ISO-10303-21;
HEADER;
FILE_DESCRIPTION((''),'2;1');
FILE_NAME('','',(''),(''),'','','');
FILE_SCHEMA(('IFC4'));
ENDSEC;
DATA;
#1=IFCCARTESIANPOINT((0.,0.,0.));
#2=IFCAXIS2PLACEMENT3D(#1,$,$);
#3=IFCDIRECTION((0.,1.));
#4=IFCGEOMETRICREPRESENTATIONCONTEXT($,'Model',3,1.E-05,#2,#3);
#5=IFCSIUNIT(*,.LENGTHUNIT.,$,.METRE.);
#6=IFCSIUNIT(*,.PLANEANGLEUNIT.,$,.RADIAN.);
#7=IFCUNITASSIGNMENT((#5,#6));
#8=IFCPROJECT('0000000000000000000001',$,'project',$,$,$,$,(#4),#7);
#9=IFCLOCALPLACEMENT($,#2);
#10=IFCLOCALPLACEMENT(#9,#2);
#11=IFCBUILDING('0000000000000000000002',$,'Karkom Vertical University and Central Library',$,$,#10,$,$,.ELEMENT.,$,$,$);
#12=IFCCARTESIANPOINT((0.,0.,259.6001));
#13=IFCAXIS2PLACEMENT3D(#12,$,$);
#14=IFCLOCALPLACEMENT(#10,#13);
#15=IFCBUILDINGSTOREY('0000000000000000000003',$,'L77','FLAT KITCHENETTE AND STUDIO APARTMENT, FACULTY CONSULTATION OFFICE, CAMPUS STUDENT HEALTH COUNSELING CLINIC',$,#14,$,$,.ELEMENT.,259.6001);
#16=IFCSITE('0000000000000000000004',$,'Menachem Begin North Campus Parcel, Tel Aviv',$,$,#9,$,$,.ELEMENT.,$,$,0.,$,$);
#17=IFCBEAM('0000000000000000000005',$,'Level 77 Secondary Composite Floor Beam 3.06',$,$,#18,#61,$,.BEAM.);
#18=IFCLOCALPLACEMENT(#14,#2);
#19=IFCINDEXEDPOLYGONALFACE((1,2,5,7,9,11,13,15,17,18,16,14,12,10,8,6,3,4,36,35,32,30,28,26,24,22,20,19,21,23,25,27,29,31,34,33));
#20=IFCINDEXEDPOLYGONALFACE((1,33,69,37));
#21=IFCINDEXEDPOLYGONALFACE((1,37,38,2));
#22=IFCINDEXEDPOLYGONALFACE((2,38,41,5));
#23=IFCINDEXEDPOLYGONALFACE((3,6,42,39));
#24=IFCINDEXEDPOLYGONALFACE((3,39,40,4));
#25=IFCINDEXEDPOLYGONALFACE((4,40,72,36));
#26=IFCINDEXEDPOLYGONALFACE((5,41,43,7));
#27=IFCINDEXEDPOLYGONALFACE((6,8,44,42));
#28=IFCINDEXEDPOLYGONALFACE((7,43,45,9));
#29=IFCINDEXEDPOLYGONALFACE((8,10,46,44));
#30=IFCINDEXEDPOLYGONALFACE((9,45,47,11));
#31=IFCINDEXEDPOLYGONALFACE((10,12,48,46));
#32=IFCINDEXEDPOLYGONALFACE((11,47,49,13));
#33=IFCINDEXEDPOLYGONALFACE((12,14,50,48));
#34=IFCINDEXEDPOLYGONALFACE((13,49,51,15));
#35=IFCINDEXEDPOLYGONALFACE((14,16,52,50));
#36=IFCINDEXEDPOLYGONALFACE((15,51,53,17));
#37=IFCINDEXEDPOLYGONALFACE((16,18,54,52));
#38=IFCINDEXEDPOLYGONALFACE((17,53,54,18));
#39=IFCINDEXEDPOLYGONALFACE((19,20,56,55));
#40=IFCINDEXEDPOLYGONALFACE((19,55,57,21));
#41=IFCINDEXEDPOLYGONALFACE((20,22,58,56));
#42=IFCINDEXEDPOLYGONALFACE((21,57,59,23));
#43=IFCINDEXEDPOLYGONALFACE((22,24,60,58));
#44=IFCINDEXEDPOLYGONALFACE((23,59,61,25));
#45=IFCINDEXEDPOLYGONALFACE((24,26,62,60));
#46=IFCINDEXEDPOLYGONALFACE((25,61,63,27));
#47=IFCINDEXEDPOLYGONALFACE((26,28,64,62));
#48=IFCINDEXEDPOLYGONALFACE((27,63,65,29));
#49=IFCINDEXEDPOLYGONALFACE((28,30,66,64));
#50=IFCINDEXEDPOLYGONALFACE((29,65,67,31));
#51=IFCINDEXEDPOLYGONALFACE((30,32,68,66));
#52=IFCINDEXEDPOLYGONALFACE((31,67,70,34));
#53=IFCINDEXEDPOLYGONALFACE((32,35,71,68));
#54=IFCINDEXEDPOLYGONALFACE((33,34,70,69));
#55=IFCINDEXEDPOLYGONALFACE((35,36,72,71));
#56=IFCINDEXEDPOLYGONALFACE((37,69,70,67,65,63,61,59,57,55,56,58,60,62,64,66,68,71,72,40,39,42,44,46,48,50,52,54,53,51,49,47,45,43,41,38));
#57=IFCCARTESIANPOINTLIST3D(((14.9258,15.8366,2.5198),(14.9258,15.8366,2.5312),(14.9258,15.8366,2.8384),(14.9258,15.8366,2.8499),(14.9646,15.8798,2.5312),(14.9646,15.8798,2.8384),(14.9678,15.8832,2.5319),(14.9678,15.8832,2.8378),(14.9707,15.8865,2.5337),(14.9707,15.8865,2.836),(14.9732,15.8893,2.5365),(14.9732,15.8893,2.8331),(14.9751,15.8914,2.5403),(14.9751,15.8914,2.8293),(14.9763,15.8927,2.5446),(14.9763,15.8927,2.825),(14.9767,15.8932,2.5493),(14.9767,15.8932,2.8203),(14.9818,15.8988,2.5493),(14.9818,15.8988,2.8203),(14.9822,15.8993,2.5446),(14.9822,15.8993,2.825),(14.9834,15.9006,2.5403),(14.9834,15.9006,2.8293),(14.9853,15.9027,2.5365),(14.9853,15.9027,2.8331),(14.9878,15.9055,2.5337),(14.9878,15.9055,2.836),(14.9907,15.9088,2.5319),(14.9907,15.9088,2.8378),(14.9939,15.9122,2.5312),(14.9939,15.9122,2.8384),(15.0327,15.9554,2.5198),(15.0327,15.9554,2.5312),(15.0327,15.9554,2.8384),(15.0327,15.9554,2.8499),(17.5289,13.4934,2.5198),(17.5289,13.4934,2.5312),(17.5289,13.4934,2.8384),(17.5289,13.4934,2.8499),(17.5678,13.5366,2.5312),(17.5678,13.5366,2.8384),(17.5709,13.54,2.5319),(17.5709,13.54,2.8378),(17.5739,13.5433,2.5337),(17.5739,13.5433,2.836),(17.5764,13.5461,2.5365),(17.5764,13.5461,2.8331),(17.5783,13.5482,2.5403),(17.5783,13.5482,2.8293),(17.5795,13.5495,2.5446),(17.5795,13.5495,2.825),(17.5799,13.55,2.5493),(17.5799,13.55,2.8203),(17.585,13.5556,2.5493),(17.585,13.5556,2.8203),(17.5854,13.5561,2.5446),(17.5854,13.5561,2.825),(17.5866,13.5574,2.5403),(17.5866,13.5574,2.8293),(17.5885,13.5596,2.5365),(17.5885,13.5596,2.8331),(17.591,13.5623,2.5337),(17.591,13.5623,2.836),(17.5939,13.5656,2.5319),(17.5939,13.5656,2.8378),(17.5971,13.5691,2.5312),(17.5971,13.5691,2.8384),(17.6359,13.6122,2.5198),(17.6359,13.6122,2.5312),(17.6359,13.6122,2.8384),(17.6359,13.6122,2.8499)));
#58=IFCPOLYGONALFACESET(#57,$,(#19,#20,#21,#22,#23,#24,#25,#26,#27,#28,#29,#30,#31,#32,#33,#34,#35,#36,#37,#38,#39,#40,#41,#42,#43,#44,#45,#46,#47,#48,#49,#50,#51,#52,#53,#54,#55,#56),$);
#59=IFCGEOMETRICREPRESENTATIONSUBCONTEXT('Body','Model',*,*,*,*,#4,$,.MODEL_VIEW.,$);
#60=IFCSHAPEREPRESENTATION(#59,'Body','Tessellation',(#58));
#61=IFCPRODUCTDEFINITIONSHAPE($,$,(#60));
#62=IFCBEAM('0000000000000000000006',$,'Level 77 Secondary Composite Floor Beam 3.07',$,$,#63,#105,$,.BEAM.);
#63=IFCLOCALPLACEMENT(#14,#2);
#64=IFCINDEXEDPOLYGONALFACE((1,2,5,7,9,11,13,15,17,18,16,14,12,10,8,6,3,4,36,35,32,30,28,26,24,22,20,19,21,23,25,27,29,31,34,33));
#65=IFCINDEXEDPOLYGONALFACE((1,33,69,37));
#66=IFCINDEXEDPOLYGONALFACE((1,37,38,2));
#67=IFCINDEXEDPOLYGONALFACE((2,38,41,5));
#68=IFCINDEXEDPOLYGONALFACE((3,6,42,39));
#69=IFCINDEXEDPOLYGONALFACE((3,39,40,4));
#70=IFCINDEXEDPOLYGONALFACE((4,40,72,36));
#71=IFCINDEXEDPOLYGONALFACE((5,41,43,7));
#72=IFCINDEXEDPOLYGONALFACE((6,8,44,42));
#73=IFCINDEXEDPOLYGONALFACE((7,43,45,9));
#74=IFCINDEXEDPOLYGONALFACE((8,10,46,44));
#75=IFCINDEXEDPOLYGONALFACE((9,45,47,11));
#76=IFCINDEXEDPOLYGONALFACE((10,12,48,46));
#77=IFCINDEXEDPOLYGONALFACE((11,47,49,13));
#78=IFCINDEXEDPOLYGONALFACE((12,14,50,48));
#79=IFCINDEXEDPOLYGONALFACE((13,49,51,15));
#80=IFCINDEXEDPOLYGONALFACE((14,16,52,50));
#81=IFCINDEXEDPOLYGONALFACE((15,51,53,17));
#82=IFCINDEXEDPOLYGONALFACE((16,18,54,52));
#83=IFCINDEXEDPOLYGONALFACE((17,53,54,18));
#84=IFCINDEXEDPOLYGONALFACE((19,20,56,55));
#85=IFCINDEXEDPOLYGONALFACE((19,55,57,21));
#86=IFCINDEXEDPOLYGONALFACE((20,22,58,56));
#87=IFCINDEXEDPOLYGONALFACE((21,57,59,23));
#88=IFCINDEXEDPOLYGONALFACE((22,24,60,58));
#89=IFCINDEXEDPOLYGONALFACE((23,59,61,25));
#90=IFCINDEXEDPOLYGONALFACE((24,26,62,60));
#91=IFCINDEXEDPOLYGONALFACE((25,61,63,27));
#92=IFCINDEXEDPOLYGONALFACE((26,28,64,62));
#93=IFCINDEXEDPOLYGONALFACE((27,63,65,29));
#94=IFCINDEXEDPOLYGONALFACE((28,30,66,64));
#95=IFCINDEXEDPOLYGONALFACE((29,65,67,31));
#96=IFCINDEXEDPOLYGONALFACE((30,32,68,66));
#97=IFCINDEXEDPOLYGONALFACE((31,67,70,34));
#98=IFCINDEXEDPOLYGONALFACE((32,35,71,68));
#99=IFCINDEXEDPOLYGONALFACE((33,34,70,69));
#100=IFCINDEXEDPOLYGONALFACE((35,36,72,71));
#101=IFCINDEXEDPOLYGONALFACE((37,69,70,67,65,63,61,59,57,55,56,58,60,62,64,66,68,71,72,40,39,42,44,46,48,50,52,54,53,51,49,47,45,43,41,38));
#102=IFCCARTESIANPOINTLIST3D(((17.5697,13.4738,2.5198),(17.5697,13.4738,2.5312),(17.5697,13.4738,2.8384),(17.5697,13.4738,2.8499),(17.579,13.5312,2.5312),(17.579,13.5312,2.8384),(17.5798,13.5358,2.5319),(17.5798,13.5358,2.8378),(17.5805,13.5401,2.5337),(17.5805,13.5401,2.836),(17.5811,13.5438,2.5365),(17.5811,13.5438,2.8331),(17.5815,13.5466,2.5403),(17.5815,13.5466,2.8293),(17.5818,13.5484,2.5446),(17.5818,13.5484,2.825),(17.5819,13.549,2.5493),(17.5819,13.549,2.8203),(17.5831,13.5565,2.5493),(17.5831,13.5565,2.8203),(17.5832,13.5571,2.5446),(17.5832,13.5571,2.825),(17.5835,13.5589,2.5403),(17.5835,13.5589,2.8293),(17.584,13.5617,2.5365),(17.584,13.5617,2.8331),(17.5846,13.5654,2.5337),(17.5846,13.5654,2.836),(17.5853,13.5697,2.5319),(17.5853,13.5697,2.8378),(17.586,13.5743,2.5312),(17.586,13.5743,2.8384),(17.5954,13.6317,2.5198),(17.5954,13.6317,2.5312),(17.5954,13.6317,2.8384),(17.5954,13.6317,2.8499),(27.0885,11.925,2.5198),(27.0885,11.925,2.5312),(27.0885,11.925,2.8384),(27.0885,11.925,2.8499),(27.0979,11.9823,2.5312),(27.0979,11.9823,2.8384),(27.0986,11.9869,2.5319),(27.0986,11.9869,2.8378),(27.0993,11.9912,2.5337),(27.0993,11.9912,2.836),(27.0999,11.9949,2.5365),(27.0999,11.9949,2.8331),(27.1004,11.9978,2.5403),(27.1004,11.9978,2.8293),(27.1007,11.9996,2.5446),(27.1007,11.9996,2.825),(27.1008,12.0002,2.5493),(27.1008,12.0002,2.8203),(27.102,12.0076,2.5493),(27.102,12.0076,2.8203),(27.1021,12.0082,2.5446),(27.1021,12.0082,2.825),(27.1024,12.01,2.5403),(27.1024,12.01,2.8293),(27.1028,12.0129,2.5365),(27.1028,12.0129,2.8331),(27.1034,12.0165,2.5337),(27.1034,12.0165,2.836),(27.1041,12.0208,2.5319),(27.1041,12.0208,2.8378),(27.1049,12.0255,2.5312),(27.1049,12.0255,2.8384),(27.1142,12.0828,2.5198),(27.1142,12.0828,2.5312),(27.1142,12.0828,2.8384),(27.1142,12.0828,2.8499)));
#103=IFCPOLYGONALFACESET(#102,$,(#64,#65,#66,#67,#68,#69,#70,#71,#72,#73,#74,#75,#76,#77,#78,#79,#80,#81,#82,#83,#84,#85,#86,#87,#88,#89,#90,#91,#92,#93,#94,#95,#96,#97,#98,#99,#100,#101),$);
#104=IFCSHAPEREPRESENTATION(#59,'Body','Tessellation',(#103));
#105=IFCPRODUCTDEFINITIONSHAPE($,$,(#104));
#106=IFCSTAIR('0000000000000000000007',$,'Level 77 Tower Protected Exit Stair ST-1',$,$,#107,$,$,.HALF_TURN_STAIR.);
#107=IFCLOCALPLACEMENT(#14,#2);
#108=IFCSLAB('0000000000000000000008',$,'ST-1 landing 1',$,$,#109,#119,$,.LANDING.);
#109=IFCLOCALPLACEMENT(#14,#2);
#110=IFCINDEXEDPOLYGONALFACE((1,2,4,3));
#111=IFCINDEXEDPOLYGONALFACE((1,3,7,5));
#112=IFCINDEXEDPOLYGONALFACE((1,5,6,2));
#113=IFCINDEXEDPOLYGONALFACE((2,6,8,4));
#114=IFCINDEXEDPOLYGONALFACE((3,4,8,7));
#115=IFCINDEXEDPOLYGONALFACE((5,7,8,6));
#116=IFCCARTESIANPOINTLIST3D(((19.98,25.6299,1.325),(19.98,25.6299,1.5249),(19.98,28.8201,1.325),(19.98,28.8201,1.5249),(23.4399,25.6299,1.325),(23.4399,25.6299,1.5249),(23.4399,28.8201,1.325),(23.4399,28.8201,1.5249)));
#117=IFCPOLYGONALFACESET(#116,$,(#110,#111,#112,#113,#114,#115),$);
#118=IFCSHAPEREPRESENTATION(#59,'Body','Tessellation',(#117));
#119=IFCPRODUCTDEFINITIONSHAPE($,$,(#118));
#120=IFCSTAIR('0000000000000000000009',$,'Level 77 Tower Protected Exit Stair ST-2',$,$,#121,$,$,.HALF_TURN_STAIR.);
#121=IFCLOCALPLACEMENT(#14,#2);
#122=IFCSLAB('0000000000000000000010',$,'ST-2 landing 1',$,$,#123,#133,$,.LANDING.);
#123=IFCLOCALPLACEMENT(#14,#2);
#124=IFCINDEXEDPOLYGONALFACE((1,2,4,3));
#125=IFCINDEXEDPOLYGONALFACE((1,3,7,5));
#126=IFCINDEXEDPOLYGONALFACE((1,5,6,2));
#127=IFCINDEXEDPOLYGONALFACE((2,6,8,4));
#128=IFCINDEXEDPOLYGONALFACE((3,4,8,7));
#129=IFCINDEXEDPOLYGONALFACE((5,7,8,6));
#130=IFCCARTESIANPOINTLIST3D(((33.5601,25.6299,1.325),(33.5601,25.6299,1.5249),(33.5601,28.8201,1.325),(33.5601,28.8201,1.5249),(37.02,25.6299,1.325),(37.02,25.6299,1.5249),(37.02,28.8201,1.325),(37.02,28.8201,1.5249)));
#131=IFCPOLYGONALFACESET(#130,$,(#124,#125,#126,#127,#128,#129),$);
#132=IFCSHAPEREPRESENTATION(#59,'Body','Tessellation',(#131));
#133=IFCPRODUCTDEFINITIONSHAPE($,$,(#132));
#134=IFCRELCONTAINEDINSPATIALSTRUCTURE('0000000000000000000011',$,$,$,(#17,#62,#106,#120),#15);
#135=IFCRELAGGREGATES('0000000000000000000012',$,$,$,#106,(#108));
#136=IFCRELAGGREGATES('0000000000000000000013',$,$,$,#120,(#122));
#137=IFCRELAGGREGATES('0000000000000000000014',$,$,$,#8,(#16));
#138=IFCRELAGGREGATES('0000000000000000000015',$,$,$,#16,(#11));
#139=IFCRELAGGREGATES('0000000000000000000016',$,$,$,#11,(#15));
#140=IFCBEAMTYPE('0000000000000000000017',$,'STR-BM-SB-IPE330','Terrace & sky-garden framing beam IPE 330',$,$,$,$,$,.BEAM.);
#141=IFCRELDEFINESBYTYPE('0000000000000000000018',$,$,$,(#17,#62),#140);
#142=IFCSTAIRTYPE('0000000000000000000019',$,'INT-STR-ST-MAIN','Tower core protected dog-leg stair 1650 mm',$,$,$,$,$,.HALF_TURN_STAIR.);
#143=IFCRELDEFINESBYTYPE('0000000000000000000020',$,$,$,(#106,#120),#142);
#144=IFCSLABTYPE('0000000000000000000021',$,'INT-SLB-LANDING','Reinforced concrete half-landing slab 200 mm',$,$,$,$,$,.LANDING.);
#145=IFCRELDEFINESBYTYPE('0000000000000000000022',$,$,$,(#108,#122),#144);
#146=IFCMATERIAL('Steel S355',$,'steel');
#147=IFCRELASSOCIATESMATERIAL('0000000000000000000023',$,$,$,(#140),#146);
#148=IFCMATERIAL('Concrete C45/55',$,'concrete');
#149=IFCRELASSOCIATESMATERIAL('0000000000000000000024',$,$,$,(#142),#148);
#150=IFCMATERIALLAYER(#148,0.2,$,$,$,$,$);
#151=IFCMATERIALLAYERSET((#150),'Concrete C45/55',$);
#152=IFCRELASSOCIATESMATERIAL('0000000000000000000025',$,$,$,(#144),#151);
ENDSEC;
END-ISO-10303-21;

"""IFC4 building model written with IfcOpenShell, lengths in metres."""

from ifc_helpers import new_model, si_unit, direction, frame, origin, origin_with_axes, origin_2d, place, context, subcontext, project, spatial, polyline, i_section, outline, extrude, source, transform, mapped, material, layer, layer_set, material_profile, profile_set, type_object, element, aggregate, save


model = new_model("IFC4")

# Units and contexts
model_context = context("Model", 3, precision=1e-05, world=origin(), true_north=direction((0.0, 1.0)))
body_context = subcontext(model_context, "Body", "Model", "MODEL_VIEW")
ifc_project = project(units=[si_unit("LENGTHUNIT", "METRE"), si_unit("PLANEANGLEUNIT", "RADIAN")], contexts=[model_context])

# Site, building, storey
site_placement = place(None, origin())
site = spatial("IfcSite", under=ifc_project, at=site_placement, Name="Menachem Begin North Campus Parcel, Tel Aviv", CompositionType="ELEMENT", RefElevation=0.0)
building_placement = place(site_placement, origin())
building = spatial("IfcBuilding", under=site, at=building_placement, Name="Karkom Vertical University and Central Library", CompositionType="ELEMENT")
storey_placement = place(building_placement, frame((0.0, 0.0, 259.6001)))
storey = spatial("IfcBuildingStorey", under=building, at=storey_placement, Name="L77", Description="FLAT KITCHENETTE AND STUDIO APARTMENT, FACULTY CONSULTATION OFFICE, CAMPUS STUDENT HEALTH COUNSELING CLINIC", CompositionType="ELEMENT", Elevation=259.6001)

# Shared definitions
ifc_material_1 = material(Name="Concrete C45/55", Category="concrete")

# Beams
ifc_material_2 = material(Name="Steel S355", Category="steel")
ifc_material_profile_1 = material_profile(ifc_material_2, i_section(OverallWidth=0.1599, OverallDepth=0.3301, WebThickness=0.0076, FlangeThickness=0.0115, FilletRadius=0.0181, at=origin_2d()), Name="IPE 330")
ifc_profile_set_1 = profile_set([ifc_material_profile_1], Name="Steel S355")
beam_type_1 = type_object("IfcBeamType", Name="STR-BM-SB-IPE330", Description="Terrace & sky-garden framing beam IPE 330", PredefinedType="BEAM", material=ifc_profile_set_1)
shared_shape_1 = source(origin_with_axes(), body_context, "Body", "SweptSolid", [
    extrude(i_section(OverallWidth=0.1599, OverallDepth=0.3301, WebThickness=0.0076, FlangeThickness=0.0115, FilletRadius=0.0181, at=origin_2d()), origin(), (0.0, 0.0, 1.0), 3.5024),
])
beam_1_placement = place(storey_placement, frame((14.9792, 15.896, 2.6848), z_axis=(0.743249, -0.669015, 0.0), x_axis=(0.669015, 0.743249, 0.0)))
element("IfcBeam", 1, at=beam_1_placement, inside=storey, type_object=beam_type_1, Name="Level 77 Secondary Composite Floor Beam 3.06", PredefinedType="BEAM", context=body_context, shape_type="MappedRepresentation", body=[
    mapped(shared_shape_1, transform((0.0, 0.0, 0.0), scale=1.0)),
])
shared_shape_2 = source(origin_with_axes(), body_context, "Body", "SweptSolid", [
    extrude(i_section(OverallWidth=0.1599, OverallDepth=0.3301, WebThickness=0.0076, FlangeThickness=0.0115, FilletRadius=0.0181, at=origin_2d()), origin(), (0.0, 0.0, 1.0), 9.644),
])
beam_2_placement = place(storey_placement, frame((17.5825, 13.5527, 2.6848), z_axis=(0.987019, -0.1606, 0.0), x_axis=(0.1606, 0.987019, 0.0)))
element("IfcBeam", 2, at=beam_2_placement, inside=storey, type_object=beam_type_1, Name="Level 77 Secondary Composite Floor Beam 3.07", PredefinedType="BEAM", context=body_context, shape_type="MappedRepresentation", body=[
    mapped(shared_shape_2, transform((0.0, 0.0, 0.0), scale=1.0)),
])

# Stairs, slabs
stair_type = type_object("IfcStairType", Name="INT-STR-ST-MAIN", Description="Tower core protected dog-leg stair 1650 mm", PredefinedType="HALF_TURN_STAIR", material=ifc_material_1)
stair_1_placement = place(storey_placement, origin())
stair_1 = element("IfcStair", 3, at=stair_1_placement, inside=storey, type_object=stair_type, Name="Level 77 Tower Protected Exit Stair ST-1", PredefinedType="HALF_TURN_STAIR")
ifc_layer_1 = layer(ifc_material_1, 0.2)
ifc_layer_set_1 = layer_set([ifc_layer_1], Name="Concrete C45/55")
slab_type_1 = type_object("IfcSlabType", Name="INT-SLB-LANDING", Description="Reinforced concrete half-landing slab 200 mm", PredefinedType="LANDING", material=ifc_layer_set_1)
slab_1_placement = place(storey_placement, frame((0.0, 0.0, 1.325)))
slab_1 = element("IfcSlab", 4, at=slab_1_placement, type_object=slab_type_1, Name="ST-1 landing 1", PredefinedType="LANDING", context=body_context, shape_type="SweptSolid", body=[
    extrude(outline(polyline([(23.4399, 25.6299), (23.4399, 28.8201), (19.98, 28.8201), (19.98, 25.6299), (23.4399, 25.6299)])), origin(), (0.0, 0.0, 1.0), 0.2),
])
aggregate(stair_1, [slab_1])
stair_2_placement = place(storey_placement, origin())
stair_2 = element("IfcStair", 5, at=stair_2_placement, inside=storey, type_object=stair_type, Name="Level 77 Tower Protected Exit Stair ST-2", PredefinedType="HALF_TURN_STAIR")
slab_2_placement = place(storey_placement, frame((0.0, 0.0, 1.325)))
slab_2 = element("IfcSlab", 6, at=slab_2_placement, type_object=slab_type_1, Name="ST-2 landing 1", PredefinedType="LANDING", context=body_context, shape_type="SweptSolid", body=[
    extrude(outline(polyline([(37.02, 25.6299), (37.02, 28.8201), (33.5601, 28.8201), (33.5601, 25.6299), (37.02, 25.6299)])), origin(), (0.0, 0.0, 1.0), 0.2),
])
aggregate(stair_2, [slab_2])

save(model, "model.ifc")
